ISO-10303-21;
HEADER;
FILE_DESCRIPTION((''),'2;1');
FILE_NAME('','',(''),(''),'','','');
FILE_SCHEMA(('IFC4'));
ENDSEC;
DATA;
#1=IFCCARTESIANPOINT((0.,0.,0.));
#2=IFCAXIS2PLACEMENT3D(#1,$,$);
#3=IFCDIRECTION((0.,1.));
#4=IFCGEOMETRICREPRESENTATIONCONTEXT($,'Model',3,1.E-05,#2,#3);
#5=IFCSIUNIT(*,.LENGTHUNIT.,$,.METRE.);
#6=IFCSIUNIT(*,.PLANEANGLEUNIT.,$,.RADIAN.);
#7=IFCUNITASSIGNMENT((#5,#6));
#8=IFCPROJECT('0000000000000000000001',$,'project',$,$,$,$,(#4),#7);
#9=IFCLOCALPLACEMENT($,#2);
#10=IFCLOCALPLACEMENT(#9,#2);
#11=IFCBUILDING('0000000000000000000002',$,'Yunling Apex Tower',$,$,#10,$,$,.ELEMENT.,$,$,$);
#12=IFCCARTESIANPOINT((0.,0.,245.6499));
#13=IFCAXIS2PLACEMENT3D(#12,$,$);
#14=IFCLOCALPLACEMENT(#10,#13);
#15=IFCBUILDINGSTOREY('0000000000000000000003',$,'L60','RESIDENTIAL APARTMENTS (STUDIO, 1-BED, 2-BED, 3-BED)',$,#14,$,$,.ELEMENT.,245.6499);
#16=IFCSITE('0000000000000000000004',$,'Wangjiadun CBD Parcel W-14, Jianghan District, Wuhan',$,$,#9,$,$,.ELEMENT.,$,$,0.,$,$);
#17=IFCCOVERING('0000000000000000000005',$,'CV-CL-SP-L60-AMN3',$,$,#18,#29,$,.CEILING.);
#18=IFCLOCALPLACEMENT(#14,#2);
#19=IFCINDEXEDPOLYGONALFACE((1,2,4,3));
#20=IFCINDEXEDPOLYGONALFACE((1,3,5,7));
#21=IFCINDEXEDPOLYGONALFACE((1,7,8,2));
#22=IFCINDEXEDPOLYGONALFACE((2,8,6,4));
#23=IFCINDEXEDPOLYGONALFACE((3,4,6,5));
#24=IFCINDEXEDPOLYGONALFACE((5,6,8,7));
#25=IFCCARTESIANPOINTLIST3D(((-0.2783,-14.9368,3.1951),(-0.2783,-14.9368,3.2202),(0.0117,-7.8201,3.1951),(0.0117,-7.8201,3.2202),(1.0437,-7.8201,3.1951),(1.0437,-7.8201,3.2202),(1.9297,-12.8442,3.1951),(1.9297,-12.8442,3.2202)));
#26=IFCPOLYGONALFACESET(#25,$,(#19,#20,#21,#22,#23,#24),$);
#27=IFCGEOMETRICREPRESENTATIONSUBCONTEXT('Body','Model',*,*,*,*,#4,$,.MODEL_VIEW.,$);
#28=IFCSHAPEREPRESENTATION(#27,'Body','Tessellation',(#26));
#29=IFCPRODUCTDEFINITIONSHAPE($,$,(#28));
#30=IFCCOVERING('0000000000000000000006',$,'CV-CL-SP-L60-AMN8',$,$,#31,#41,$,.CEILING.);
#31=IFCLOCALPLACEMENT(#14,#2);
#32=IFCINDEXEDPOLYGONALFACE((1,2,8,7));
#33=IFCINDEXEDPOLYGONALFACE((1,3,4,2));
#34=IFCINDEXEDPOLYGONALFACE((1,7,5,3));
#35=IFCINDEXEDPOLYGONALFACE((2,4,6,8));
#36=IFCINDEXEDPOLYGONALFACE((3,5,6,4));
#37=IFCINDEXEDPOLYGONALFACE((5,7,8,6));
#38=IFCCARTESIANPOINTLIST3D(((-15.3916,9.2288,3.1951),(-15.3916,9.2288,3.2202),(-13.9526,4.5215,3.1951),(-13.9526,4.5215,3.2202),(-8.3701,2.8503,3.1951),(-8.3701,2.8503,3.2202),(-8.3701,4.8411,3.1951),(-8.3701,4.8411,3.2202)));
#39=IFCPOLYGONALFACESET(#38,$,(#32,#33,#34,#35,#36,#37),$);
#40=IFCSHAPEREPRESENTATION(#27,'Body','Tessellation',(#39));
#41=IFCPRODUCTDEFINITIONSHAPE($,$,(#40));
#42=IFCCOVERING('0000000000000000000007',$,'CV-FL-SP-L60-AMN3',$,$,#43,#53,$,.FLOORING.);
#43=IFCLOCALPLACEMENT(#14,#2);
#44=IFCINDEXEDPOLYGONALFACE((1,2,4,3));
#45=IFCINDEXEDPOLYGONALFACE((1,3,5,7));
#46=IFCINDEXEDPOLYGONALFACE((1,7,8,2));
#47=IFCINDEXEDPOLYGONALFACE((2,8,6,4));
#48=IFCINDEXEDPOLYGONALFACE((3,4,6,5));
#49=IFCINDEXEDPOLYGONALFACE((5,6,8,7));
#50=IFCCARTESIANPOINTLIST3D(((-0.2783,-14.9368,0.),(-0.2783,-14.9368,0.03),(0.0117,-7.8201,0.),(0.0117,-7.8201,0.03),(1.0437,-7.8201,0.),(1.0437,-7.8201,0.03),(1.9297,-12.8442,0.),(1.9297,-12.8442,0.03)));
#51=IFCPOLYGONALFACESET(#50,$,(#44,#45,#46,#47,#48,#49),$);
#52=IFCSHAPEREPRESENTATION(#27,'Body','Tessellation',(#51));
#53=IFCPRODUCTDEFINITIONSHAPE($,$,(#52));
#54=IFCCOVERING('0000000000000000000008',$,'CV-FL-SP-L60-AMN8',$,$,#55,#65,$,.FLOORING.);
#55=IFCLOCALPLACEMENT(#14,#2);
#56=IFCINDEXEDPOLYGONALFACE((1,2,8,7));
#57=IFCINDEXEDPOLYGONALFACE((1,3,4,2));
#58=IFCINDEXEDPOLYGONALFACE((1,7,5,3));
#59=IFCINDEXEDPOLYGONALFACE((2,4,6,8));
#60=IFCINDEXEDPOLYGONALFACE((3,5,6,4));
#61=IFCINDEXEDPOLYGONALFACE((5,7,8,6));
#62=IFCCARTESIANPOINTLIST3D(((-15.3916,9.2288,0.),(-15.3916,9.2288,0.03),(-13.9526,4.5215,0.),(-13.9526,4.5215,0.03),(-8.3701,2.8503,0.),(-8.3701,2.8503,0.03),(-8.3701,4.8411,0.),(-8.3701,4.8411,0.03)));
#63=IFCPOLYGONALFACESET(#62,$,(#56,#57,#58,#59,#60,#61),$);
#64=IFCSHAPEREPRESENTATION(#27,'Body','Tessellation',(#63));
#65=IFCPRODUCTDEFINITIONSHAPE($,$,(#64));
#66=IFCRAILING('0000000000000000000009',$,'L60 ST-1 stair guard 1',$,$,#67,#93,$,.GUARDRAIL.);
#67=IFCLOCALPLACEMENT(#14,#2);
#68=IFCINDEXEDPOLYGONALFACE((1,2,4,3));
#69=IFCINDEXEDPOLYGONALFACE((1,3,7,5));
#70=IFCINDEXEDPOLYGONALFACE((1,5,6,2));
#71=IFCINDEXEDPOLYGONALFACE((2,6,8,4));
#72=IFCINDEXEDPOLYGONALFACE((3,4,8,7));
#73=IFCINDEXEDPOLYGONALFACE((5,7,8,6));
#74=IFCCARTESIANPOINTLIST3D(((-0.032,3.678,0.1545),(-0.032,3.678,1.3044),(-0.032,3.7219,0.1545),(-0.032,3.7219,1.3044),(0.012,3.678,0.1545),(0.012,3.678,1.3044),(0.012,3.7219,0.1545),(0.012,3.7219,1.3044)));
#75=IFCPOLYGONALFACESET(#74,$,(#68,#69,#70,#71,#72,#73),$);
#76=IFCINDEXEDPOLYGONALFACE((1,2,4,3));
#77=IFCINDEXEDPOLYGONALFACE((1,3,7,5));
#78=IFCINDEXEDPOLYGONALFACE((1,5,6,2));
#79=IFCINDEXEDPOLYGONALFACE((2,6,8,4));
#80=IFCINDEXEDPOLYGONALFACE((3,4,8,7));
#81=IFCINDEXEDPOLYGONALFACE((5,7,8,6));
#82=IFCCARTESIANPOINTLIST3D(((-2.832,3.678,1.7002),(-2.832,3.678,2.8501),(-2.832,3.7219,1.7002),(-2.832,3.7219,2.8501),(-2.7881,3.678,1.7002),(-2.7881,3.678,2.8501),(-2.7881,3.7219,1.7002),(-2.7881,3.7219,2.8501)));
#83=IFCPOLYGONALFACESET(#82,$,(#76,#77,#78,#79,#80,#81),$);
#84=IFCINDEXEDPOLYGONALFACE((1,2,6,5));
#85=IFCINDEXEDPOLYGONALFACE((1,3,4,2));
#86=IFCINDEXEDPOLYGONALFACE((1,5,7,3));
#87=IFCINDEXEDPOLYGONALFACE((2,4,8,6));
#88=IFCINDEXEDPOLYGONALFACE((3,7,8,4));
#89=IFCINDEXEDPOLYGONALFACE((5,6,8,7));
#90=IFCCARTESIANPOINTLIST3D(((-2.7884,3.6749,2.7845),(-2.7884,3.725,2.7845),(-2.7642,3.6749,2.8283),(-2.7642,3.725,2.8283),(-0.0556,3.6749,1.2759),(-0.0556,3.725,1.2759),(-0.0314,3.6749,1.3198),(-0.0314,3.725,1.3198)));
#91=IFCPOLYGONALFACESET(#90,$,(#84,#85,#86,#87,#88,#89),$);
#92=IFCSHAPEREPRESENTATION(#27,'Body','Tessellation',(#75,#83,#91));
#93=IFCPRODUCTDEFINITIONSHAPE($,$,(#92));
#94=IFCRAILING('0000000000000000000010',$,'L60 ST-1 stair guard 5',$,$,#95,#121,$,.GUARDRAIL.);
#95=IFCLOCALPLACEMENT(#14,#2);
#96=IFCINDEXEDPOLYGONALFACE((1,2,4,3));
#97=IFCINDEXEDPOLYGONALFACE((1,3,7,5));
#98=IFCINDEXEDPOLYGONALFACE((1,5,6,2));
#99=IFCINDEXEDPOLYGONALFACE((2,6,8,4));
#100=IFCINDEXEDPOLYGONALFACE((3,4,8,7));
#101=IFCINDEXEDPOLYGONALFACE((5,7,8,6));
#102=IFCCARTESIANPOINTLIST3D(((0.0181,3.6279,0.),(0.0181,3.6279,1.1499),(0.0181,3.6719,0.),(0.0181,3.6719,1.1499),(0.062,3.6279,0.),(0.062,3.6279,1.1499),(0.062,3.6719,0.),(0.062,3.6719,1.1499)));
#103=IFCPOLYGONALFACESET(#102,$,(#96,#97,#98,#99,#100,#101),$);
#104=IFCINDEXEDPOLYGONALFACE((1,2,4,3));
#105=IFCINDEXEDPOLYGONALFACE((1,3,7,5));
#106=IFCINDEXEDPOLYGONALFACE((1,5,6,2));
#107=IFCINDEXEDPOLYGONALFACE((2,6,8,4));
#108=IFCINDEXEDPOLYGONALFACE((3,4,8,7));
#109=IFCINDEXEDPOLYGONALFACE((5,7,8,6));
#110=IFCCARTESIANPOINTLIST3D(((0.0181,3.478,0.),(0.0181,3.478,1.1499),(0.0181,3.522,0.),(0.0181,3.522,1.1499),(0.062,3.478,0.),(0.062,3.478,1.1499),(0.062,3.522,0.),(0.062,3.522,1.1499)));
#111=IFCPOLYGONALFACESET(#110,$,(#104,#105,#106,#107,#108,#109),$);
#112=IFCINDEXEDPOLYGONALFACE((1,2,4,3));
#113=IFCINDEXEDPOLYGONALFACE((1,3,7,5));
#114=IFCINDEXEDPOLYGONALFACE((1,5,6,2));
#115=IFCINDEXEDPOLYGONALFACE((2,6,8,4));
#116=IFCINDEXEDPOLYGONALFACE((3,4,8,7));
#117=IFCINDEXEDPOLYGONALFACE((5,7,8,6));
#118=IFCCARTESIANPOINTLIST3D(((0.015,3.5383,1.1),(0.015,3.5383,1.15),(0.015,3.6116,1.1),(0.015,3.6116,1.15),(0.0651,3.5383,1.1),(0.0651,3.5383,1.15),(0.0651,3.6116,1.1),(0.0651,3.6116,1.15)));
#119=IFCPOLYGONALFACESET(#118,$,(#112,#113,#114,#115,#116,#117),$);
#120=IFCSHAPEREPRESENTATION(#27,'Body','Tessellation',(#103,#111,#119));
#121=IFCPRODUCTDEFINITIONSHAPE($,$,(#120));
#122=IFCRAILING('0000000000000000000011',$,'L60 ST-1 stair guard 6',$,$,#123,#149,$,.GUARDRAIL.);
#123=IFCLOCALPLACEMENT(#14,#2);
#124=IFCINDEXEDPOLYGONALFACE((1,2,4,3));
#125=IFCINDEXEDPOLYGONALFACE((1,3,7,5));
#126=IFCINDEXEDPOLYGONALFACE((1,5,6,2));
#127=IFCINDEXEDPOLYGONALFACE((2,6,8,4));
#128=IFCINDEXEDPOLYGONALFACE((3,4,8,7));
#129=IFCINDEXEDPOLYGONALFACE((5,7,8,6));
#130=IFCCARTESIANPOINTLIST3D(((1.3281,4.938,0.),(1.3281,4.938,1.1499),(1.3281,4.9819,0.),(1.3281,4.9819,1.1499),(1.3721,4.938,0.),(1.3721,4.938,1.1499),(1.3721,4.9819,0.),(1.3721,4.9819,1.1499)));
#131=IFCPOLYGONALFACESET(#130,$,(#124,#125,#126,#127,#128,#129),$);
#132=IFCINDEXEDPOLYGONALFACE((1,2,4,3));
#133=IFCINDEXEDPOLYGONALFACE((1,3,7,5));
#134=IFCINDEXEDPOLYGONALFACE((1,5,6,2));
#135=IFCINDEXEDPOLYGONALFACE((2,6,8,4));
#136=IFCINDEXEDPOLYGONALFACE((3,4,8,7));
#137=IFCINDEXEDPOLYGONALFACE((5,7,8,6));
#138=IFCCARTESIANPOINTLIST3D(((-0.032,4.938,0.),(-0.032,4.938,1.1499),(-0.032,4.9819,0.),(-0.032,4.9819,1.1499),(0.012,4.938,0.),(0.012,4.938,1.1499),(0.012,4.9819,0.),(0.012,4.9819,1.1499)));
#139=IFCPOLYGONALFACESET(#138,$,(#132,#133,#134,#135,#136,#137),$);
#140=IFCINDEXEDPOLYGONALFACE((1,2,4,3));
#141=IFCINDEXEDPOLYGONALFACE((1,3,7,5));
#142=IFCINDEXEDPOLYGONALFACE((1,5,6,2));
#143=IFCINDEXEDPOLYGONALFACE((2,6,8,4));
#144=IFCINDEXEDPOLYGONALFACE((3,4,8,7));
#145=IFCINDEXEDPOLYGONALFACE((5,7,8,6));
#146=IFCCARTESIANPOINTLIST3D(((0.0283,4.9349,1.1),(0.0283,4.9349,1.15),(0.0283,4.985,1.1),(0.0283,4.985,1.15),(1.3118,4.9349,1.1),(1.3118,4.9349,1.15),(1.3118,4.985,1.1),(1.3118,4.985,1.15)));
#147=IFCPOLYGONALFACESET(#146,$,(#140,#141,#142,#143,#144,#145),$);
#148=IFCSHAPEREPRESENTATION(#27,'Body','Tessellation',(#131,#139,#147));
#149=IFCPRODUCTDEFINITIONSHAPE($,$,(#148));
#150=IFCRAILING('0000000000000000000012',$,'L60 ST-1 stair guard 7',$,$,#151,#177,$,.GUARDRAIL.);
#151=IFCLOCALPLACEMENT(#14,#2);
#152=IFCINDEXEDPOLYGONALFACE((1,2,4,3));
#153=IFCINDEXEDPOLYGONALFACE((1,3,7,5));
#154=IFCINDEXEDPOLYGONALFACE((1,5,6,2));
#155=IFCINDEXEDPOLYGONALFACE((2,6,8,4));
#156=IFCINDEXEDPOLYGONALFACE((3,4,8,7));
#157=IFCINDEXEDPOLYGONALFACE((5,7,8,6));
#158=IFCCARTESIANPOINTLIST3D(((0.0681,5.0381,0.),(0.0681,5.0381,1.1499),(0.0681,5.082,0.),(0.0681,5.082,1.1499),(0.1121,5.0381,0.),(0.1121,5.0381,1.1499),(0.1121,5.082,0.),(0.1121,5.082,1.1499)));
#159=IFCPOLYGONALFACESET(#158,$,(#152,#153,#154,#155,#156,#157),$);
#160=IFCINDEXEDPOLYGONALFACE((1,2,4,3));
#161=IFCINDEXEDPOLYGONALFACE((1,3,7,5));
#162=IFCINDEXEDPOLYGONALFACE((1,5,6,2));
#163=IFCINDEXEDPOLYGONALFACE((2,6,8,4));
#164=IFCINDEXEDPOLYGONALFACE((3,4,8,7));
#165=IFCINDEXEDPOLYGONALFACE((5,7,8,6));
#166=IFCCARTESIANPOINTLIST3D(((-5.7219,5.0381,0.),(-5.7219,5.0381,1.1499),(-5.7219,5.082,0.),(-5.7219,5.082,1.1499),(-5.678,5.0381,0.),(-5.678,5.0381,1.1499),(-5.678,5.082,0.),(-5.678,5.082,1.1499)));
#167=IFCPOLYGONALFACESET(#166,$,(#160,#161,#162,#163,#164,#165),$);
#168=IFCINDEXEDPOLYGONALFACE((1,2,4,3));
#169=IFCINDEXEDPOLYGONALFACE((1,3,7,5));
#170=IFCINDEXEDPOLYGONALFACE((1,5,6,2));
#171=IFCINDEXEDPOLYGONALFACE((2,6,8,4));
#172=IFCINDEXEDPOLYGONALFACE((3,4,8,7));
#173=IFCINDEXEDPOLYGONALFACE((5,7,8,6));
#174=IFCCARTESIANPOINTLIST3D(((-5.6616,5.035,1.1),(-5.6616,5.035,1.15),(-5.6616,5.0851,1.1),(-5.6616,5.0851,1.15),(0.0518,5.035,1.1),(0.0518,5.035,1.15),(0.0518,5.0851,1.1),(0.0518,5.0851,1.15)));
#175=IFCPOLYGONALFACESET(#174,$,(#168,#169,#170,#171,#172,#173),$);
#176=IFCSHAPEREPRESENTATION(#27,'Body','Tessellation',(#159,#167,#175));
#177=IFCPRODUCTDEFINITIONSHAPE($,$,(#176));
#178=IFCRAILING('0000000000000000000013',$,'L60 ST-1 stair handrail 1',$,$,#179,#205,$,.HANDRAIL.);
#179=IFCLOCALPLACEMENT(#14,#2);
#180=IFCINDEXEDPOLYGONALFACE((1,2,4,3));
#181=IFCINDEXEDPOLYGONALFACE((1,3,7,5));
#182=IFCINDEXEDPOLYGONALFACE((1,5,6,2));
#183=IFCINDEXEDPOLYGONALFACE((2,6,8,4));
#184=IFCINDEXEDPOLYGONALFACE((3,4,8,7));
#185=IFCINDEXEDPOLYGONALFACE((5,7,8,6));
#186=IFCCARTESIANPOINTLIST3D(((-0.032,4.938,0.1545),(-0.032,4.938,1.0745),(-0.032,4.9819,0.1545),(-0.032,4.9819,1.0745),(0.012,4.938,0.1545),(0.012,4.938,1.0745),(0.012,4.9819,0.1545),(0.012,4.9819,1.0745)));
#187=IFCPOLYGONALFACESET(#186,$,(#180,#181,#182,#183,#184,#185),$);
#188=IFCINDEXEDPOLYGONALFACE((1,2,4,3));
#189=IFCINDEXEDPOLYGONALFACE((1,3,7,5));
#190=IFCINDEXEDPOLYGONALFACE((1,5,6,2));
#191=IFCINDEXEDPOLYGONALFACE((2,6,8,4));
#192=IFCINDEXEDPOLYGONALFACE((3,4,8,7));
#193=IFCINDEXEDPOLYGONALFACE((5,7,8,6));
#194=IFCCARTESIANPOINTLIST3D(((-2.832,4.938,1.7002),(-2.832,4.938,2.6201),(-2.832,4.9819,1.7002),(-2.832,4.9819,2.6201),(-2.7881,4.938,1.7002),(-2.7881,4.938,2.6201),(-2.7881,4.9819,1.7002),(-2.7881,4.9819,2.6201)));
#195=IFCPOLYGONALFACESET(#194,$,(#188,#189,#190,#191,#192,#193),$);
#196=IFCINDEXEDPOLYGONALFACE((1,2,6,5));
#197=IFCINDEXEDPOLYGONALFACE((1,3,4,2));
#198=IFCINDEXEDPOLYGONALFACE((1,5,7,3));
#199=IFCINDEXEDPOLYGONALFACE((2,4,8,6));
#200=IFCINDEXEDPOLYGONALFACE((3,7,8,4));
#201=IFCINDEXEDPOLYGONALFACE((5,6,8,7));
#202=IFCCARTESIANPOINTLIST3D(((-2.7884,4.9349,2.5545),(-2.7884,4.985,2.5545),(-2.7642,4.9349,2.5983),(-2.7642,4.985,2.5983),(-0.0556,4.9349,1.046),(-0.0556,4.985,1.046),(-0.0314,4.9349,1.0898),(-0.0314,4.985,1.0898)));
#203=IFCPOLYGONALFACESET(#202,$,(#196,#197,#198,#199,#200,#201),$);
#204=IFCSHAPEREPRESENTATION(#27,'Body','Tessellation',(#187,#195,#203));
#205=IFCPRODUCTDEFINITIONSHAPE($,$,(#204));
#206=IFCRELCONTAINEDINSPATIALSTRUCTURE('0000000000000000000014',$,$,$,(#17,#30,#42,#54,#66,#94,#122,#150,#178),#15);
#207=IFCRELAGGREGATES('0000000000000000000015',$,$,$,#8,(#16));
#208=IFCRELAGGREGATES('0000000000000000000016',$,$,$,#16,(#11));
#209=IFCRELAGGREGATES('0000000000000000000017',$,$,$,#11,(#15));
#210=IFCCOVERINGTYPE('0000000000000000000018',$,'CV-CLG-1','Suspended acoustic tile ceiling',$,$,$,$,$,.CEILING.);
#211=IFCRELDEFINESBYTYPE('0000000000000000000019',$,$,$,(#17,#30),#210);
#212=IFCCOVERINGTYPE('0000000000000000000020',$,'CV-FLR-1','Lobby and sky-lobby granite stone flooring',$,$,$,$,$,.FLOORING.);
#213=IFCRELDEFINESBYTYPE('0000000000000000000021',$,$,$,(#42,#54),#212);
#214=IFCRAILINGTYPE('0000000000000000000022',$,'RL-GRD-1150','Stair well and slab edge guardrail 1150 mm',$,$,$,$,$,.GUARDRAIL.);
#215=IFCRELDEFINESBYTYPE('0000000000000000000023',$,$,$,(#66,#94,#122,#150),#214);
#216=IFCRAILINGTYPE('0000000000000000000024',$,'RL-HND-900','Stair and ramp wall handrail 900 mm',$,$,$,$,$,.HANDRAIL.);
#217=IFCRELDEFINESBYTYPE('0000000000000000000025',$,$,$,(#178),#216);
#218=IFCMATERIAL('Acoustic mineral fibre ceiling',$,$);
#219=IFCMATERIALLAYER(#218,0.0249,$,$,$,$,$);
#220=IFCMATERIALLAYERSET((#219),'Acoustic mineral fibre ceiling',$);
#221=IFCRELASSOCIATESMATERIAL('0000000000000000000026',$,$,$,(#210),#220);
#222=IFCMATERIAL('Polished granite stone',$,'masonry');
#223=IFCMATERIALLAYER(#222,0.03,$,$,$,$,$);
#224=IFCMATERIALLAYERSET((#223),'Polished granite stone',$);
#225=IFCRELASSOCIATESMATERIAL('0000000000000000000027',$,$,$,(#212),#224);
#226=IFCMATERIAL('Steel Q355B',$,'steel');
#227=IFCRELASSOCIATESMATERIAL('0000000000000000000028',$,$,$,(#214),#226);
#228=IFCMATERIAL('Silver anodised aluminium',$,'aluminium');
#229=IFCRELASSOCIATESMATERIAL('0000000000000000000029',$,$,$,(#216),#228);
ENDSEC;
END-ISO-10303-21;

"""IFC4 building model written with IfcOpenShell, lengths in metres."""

from ifc_helpers import new_model, si_unit, direction, frame, origin, origin_2d, place, context, subcontext, project, spatial, polyline, rectangle, outline, extrude, material, layer, layer_set, type_object, element, save


model = new_model("IFC4")

# Units and contexts
model_context = context("Model", 3, precision=1e-05, world=origin(), true_north=direction((0.0, 1.0)))
body_context = subcontext(model_context, "Body", "Model", "MODEL_VIEW")
ifc_project = project(units=[si_unit("LENGTHUNIT", "METRE"), si_unit("PLANEANGLEUNIT", "RADIAN")], contexts=[model_context])

# Site, building, storey
site_placement = place(None, origin())
site = spatial("IfcSite", under=ifc_project, at=site_placement, Name="Wangjiadun CBD Parcel W-14, Jianghan District, Wuhan", CompositionType="ELEMENT", RefElevation=0.0)
building_placement = place(site_placement, origin())
building = spatial("IfcBuilding", under=site, at=building_placement, Name="Yunling Apex Tower", CompositionType="ELEMENT")
storey_placement = place(building_placement, frame((0.0, 0.0, 245.6499)))
storey = spatial("IfcBuildingStorey", under=building, at=storey_placement, Name="L60", Description="RESIDENTIAL APARTMENTS (STUDIO, 1-BED, 2-BED, 3-BED)", CompositionType="ELEMENT", Elevation=245.6499)

# Shared definitions
ifc_material_1 = material(Name="Steel Q355B", Category="steel")

# Coverings
ifc_material_2 = material(Name="Acoustic mineral fibre ceiling")
ifc_layer_1 = layer(ifc_material_2, 0.0249)
ifc_layer_set_1 = layer_set([ifc_layer_1], Name="Acoustic mineral fibre ceiling")
covering_type_1 = type_object("IfcCoveringType", Name="CV-CLG-1", Description="Suspended acoustic tile ceiling", PredefinedType="CEILING", material=ifc_layer_set_1)
covering_1_placement = place(storey_placement, frame((0.0, 0.0, 3.1951)))
element("IfcCovering", 1, at=covering_1_placement, inside=storey, type_object=covering_type_1, Name="CV-CL-SP-L60-AMN3", PredefinedType="CEILING", context=body_context, shape_type="SweptSolid", body=[
    extrude(outline(polyline([(1.9297, -12.8442), (-0.2783, -14.9368), (0.0117, -7.8201), (1.0437, -7.8201), (1.9297, -12.8442)])), origin(), (0.0, 0.0, 1.0), 0.0251),
])
covering_2_placement = place(storey_placement, frame((0.0, 0.0, 3.1951)))
element("IfcCovering", 2, at=covering_2_placement, inside=storey, type_object=covering_type_1, Name="CV-CL-SP-L60-AMN8", PredefinedType="CEILING", context=body_context, shape_type="SweptSolid", body=[
    extrude(outline(polyline([(-13.9526, 4.5215), (-15.3916, 9.2288), (-8.3701, 4.8411), (-8.3701, 2.8503), (-13.9526, 4.5215)])), origin(), (0.0, 0.0, 1.0), 0.0251),
])
ifc_material_3 = material(Name="Polished granite stone", Category="masonry")
ifc_layer_2 = layer(ifc_material_3, 0.03)
ifc_layer_set_2 = layer_set([ifc_layer_2], Name="Polished granite stone")
covering_type_2 = type_object("IfcCoveringType", Name="CV-FLR-1", Description="Lobby and sky-lobby granite stone flooring", PredefinedType="FLOORING", material=ifc_layer_set_2)
covering_3_placement = place(storey_placement, origin())
element("IfcCovering", 3, at=covering_3_placement, inside=storey, type_object=covering_type_2, Name="CV-FL-SP-L60-AMN3", PredefinedType="FLOORING", context=body_context, shape_type="SweptSolid", body=[
    extrude(outline(polyline([(1.9297, -12.8442), (-0.2783, -14.9368), (0.0117, -7.8201), (1.0437, -7.8201), (1.9297, -12.8442)])), origin(), (0.0, 0.0, 1.0), 0.03),
])
covering_4_placement = place(storey_placement, origin())
element("IfcCovering", 4, at=covering_4_placement, inside=storey, type_object=covering_type_2, Name="CV-FL-SP-L60-AMN8", PredefinedType="FLOORING", context=body_context, shape_type="SweptSolid", body=[
    extrude(outline(polyline([(-13.9526, 4.5215), (-15.3916, 9.2288), (-8.3701, 4.8411), (-8.3701, 2.8503), (-13.9526, 4.5215)])), origin(), (0.0, 0.0, 1.0), 0.03),
])

# Railings
railing_type_1 = type_object("IfcRailingType", Name="RL-GRD-1150", Description="Stair well and slab edge guardrail 1150 mm", PredefinedType="GUARDRAIL", material=ifc_material_1)
railing_1_placement = place(storey_placement, frame((-0.01, 3.7, 0.1545)))
element("IfcRailing", 5, at=railing_1_placement, inside=storey, type_object=railing_type_1, Name="L60 ST-1 stair guard 1", PredefinedType="GUARDRAIL", context=body_context, shape_type="SweptSolid", body=[
    extrude(rectangle(XDim=0.0439, YDim=0.0439, at=origin_2d()), origin(), (0.0, 0.0, 1.0), 1.1499),
    extrude(rectangle(XDim=0.0439, YDim=0.0439, at=origin_2d()), frame((-2.8, 0.0, 1.5457)), (0.0, 0.0, 1.0), 1.1499),
    extrude(rectangle(XDim=0.05, YDim=0.05, at=origin_2d()), frame((-0.0334, 0.0, 1.1433), z_axis=(-0.875472, 0.0, 0.483269), x_axis=(0.0, -1.0, 0.0)), (0.0, 0.0, 1.0), 3.1216),
])
railing_2_placement = place(storey_placement, frame((0.04, 3.6499, 0.0)))
element("IfcRailing", 6, at=railing_2_placement, inside=storey, type_object=railing_type_1, Name="L60 ST-1 stair guard 5", PredefinedType="GUARDRAIL", context=body_context, shape_type="SweptSolid", body=[
    extrude(rectangle(XDim=0.0439, YDim=0.0439, at=origin_2d()), origin(), (0.0, 0.0, 1.0), 1.1499),
    extrude(rectangle(XDim=0.0439, YDim=0.0439, at=origin_2d()), frame((0.0, -0.1499, 0.0)), (0.0, 0.0, 1.0), 1.1499),
    extrude(rectangle(XDim=0.05, YDim=0.05, at=origin_2d()), frame((0.0, -0.0383, 1.125), z_axis=(0.0, -1.0, 0.0), x_axis=(1.0, 0.0, 0.0)), (0.0, 0.0, 1.0), 0.0732),
])
railing_3_placement = place(storey_placement, frame((1.3501, 4.96, 0.0)))
element("IfcRailing", 7, at=railing_3_placement, inside=storey, type_object=railing_type_1, Name="L60 ST-1 stair guard 6", PredefinedType="GUARDRAIL", context=body_context, shape_type="SweptSolid", body=[
    extrude(rectangle(XDim=0.0439, YDim=0.0439, at=origin_2d()), origin(), (0.0, 0.0, 1.0), 1.1499),
    extrude(rectangle(XDim=0.0439, YDim=0.0439, at=origin_2d()), frame((-1.3601, 0.0, 0.0)), (0.0, 0.0, 1.0), 1.1499),
    extrude(rectangle(XDim=0.05, YDim=0.05, at=origin_2d()), frame((-0.0383, 0.0, 1.125), z_axis=(-1.0, 0.0, 0.0), x_axis=(0.0, -1.0, 0.0)), (0.0, 0.0, 1.0), 1.2834),
])
railing_4_placement = place(storey_placement, frame((0.0901, 5.0601, 0.0)))
element("IfcRailing", 8, at=railing_4_placement, inside=storey, type_object=railing_type_1, Name="L60 ST-1 stair guard 7", PredefinedType="GUARDRAIL", context=body_context, shape_type="SweptSolid", body=[
    extrude(rectangle(XDim=0.0439, YDim=0.0439, at=origin_2d()), origin(), (0.0, 0.0, 1.0), 1.1499),
    extrude(rectangle(XDim=0.0439, YDim=0.0439, at=origin_2d()), frame((-5.79, 0.0, 0.0)), (0.0, 0.0, 1.0), 1.1499),
    extrude(rectangle(XDim=0.05, YDim=0.05, at=origin_2d()), frame((-0.0383, 0.0, 1.125), z_axis=(-1.0, 0.0, 0.0), x_axis=(0.0, -1.0, 0.0)), (0.0, 0.0, 1.0), 5.7134),
])
ifc_material_4 = material(Name="Silver anodised aluminium", Category="aluminium")
railing_type_2 = type_object("IfcRailingType", Name="RL-HND-900", Description="Stair and ramp wall handrail 900 mm", PredefinedType="HANDRAIL", material=ifc_material_4)
railing_5_placement = place(storey_placement, frame((-0.01, 4.96, 0.1545)))
element("IfcRailing", 9, at=railing_5_placement, inside=storey, type_object=railing_type_2, Name="L60 ST-1 stair handrail 1", PredefinedType="HANDRAIL", context=body_context, shape_type="SweptSolid", body=[
    extrude(rectangle(XDim=0.0439, YDim=0.0439, at=origin_2d()), origin(), (0.0, 0.0, 1.0), 0.9199),
    extrude(rectangle(XDim=0.0439, YDim=0.0439, at=origin_2d()), frame((-2.8, 0.0, 1.5457)), (0.0, 0.0, 1.0), 0.9199),
    extrude(rectangle(XDim=0.05, YDim=0.05, at=origin_2d()), frame((-0.0334, 0.0, 0.9133), z_axis=(-0.875472, 0.0, 0.483269), x_axis=(0.0, -1.0, 0.0)), (0.0, 0.0, 1.0), 3.1216),
])

save(model, "model.ifc")
